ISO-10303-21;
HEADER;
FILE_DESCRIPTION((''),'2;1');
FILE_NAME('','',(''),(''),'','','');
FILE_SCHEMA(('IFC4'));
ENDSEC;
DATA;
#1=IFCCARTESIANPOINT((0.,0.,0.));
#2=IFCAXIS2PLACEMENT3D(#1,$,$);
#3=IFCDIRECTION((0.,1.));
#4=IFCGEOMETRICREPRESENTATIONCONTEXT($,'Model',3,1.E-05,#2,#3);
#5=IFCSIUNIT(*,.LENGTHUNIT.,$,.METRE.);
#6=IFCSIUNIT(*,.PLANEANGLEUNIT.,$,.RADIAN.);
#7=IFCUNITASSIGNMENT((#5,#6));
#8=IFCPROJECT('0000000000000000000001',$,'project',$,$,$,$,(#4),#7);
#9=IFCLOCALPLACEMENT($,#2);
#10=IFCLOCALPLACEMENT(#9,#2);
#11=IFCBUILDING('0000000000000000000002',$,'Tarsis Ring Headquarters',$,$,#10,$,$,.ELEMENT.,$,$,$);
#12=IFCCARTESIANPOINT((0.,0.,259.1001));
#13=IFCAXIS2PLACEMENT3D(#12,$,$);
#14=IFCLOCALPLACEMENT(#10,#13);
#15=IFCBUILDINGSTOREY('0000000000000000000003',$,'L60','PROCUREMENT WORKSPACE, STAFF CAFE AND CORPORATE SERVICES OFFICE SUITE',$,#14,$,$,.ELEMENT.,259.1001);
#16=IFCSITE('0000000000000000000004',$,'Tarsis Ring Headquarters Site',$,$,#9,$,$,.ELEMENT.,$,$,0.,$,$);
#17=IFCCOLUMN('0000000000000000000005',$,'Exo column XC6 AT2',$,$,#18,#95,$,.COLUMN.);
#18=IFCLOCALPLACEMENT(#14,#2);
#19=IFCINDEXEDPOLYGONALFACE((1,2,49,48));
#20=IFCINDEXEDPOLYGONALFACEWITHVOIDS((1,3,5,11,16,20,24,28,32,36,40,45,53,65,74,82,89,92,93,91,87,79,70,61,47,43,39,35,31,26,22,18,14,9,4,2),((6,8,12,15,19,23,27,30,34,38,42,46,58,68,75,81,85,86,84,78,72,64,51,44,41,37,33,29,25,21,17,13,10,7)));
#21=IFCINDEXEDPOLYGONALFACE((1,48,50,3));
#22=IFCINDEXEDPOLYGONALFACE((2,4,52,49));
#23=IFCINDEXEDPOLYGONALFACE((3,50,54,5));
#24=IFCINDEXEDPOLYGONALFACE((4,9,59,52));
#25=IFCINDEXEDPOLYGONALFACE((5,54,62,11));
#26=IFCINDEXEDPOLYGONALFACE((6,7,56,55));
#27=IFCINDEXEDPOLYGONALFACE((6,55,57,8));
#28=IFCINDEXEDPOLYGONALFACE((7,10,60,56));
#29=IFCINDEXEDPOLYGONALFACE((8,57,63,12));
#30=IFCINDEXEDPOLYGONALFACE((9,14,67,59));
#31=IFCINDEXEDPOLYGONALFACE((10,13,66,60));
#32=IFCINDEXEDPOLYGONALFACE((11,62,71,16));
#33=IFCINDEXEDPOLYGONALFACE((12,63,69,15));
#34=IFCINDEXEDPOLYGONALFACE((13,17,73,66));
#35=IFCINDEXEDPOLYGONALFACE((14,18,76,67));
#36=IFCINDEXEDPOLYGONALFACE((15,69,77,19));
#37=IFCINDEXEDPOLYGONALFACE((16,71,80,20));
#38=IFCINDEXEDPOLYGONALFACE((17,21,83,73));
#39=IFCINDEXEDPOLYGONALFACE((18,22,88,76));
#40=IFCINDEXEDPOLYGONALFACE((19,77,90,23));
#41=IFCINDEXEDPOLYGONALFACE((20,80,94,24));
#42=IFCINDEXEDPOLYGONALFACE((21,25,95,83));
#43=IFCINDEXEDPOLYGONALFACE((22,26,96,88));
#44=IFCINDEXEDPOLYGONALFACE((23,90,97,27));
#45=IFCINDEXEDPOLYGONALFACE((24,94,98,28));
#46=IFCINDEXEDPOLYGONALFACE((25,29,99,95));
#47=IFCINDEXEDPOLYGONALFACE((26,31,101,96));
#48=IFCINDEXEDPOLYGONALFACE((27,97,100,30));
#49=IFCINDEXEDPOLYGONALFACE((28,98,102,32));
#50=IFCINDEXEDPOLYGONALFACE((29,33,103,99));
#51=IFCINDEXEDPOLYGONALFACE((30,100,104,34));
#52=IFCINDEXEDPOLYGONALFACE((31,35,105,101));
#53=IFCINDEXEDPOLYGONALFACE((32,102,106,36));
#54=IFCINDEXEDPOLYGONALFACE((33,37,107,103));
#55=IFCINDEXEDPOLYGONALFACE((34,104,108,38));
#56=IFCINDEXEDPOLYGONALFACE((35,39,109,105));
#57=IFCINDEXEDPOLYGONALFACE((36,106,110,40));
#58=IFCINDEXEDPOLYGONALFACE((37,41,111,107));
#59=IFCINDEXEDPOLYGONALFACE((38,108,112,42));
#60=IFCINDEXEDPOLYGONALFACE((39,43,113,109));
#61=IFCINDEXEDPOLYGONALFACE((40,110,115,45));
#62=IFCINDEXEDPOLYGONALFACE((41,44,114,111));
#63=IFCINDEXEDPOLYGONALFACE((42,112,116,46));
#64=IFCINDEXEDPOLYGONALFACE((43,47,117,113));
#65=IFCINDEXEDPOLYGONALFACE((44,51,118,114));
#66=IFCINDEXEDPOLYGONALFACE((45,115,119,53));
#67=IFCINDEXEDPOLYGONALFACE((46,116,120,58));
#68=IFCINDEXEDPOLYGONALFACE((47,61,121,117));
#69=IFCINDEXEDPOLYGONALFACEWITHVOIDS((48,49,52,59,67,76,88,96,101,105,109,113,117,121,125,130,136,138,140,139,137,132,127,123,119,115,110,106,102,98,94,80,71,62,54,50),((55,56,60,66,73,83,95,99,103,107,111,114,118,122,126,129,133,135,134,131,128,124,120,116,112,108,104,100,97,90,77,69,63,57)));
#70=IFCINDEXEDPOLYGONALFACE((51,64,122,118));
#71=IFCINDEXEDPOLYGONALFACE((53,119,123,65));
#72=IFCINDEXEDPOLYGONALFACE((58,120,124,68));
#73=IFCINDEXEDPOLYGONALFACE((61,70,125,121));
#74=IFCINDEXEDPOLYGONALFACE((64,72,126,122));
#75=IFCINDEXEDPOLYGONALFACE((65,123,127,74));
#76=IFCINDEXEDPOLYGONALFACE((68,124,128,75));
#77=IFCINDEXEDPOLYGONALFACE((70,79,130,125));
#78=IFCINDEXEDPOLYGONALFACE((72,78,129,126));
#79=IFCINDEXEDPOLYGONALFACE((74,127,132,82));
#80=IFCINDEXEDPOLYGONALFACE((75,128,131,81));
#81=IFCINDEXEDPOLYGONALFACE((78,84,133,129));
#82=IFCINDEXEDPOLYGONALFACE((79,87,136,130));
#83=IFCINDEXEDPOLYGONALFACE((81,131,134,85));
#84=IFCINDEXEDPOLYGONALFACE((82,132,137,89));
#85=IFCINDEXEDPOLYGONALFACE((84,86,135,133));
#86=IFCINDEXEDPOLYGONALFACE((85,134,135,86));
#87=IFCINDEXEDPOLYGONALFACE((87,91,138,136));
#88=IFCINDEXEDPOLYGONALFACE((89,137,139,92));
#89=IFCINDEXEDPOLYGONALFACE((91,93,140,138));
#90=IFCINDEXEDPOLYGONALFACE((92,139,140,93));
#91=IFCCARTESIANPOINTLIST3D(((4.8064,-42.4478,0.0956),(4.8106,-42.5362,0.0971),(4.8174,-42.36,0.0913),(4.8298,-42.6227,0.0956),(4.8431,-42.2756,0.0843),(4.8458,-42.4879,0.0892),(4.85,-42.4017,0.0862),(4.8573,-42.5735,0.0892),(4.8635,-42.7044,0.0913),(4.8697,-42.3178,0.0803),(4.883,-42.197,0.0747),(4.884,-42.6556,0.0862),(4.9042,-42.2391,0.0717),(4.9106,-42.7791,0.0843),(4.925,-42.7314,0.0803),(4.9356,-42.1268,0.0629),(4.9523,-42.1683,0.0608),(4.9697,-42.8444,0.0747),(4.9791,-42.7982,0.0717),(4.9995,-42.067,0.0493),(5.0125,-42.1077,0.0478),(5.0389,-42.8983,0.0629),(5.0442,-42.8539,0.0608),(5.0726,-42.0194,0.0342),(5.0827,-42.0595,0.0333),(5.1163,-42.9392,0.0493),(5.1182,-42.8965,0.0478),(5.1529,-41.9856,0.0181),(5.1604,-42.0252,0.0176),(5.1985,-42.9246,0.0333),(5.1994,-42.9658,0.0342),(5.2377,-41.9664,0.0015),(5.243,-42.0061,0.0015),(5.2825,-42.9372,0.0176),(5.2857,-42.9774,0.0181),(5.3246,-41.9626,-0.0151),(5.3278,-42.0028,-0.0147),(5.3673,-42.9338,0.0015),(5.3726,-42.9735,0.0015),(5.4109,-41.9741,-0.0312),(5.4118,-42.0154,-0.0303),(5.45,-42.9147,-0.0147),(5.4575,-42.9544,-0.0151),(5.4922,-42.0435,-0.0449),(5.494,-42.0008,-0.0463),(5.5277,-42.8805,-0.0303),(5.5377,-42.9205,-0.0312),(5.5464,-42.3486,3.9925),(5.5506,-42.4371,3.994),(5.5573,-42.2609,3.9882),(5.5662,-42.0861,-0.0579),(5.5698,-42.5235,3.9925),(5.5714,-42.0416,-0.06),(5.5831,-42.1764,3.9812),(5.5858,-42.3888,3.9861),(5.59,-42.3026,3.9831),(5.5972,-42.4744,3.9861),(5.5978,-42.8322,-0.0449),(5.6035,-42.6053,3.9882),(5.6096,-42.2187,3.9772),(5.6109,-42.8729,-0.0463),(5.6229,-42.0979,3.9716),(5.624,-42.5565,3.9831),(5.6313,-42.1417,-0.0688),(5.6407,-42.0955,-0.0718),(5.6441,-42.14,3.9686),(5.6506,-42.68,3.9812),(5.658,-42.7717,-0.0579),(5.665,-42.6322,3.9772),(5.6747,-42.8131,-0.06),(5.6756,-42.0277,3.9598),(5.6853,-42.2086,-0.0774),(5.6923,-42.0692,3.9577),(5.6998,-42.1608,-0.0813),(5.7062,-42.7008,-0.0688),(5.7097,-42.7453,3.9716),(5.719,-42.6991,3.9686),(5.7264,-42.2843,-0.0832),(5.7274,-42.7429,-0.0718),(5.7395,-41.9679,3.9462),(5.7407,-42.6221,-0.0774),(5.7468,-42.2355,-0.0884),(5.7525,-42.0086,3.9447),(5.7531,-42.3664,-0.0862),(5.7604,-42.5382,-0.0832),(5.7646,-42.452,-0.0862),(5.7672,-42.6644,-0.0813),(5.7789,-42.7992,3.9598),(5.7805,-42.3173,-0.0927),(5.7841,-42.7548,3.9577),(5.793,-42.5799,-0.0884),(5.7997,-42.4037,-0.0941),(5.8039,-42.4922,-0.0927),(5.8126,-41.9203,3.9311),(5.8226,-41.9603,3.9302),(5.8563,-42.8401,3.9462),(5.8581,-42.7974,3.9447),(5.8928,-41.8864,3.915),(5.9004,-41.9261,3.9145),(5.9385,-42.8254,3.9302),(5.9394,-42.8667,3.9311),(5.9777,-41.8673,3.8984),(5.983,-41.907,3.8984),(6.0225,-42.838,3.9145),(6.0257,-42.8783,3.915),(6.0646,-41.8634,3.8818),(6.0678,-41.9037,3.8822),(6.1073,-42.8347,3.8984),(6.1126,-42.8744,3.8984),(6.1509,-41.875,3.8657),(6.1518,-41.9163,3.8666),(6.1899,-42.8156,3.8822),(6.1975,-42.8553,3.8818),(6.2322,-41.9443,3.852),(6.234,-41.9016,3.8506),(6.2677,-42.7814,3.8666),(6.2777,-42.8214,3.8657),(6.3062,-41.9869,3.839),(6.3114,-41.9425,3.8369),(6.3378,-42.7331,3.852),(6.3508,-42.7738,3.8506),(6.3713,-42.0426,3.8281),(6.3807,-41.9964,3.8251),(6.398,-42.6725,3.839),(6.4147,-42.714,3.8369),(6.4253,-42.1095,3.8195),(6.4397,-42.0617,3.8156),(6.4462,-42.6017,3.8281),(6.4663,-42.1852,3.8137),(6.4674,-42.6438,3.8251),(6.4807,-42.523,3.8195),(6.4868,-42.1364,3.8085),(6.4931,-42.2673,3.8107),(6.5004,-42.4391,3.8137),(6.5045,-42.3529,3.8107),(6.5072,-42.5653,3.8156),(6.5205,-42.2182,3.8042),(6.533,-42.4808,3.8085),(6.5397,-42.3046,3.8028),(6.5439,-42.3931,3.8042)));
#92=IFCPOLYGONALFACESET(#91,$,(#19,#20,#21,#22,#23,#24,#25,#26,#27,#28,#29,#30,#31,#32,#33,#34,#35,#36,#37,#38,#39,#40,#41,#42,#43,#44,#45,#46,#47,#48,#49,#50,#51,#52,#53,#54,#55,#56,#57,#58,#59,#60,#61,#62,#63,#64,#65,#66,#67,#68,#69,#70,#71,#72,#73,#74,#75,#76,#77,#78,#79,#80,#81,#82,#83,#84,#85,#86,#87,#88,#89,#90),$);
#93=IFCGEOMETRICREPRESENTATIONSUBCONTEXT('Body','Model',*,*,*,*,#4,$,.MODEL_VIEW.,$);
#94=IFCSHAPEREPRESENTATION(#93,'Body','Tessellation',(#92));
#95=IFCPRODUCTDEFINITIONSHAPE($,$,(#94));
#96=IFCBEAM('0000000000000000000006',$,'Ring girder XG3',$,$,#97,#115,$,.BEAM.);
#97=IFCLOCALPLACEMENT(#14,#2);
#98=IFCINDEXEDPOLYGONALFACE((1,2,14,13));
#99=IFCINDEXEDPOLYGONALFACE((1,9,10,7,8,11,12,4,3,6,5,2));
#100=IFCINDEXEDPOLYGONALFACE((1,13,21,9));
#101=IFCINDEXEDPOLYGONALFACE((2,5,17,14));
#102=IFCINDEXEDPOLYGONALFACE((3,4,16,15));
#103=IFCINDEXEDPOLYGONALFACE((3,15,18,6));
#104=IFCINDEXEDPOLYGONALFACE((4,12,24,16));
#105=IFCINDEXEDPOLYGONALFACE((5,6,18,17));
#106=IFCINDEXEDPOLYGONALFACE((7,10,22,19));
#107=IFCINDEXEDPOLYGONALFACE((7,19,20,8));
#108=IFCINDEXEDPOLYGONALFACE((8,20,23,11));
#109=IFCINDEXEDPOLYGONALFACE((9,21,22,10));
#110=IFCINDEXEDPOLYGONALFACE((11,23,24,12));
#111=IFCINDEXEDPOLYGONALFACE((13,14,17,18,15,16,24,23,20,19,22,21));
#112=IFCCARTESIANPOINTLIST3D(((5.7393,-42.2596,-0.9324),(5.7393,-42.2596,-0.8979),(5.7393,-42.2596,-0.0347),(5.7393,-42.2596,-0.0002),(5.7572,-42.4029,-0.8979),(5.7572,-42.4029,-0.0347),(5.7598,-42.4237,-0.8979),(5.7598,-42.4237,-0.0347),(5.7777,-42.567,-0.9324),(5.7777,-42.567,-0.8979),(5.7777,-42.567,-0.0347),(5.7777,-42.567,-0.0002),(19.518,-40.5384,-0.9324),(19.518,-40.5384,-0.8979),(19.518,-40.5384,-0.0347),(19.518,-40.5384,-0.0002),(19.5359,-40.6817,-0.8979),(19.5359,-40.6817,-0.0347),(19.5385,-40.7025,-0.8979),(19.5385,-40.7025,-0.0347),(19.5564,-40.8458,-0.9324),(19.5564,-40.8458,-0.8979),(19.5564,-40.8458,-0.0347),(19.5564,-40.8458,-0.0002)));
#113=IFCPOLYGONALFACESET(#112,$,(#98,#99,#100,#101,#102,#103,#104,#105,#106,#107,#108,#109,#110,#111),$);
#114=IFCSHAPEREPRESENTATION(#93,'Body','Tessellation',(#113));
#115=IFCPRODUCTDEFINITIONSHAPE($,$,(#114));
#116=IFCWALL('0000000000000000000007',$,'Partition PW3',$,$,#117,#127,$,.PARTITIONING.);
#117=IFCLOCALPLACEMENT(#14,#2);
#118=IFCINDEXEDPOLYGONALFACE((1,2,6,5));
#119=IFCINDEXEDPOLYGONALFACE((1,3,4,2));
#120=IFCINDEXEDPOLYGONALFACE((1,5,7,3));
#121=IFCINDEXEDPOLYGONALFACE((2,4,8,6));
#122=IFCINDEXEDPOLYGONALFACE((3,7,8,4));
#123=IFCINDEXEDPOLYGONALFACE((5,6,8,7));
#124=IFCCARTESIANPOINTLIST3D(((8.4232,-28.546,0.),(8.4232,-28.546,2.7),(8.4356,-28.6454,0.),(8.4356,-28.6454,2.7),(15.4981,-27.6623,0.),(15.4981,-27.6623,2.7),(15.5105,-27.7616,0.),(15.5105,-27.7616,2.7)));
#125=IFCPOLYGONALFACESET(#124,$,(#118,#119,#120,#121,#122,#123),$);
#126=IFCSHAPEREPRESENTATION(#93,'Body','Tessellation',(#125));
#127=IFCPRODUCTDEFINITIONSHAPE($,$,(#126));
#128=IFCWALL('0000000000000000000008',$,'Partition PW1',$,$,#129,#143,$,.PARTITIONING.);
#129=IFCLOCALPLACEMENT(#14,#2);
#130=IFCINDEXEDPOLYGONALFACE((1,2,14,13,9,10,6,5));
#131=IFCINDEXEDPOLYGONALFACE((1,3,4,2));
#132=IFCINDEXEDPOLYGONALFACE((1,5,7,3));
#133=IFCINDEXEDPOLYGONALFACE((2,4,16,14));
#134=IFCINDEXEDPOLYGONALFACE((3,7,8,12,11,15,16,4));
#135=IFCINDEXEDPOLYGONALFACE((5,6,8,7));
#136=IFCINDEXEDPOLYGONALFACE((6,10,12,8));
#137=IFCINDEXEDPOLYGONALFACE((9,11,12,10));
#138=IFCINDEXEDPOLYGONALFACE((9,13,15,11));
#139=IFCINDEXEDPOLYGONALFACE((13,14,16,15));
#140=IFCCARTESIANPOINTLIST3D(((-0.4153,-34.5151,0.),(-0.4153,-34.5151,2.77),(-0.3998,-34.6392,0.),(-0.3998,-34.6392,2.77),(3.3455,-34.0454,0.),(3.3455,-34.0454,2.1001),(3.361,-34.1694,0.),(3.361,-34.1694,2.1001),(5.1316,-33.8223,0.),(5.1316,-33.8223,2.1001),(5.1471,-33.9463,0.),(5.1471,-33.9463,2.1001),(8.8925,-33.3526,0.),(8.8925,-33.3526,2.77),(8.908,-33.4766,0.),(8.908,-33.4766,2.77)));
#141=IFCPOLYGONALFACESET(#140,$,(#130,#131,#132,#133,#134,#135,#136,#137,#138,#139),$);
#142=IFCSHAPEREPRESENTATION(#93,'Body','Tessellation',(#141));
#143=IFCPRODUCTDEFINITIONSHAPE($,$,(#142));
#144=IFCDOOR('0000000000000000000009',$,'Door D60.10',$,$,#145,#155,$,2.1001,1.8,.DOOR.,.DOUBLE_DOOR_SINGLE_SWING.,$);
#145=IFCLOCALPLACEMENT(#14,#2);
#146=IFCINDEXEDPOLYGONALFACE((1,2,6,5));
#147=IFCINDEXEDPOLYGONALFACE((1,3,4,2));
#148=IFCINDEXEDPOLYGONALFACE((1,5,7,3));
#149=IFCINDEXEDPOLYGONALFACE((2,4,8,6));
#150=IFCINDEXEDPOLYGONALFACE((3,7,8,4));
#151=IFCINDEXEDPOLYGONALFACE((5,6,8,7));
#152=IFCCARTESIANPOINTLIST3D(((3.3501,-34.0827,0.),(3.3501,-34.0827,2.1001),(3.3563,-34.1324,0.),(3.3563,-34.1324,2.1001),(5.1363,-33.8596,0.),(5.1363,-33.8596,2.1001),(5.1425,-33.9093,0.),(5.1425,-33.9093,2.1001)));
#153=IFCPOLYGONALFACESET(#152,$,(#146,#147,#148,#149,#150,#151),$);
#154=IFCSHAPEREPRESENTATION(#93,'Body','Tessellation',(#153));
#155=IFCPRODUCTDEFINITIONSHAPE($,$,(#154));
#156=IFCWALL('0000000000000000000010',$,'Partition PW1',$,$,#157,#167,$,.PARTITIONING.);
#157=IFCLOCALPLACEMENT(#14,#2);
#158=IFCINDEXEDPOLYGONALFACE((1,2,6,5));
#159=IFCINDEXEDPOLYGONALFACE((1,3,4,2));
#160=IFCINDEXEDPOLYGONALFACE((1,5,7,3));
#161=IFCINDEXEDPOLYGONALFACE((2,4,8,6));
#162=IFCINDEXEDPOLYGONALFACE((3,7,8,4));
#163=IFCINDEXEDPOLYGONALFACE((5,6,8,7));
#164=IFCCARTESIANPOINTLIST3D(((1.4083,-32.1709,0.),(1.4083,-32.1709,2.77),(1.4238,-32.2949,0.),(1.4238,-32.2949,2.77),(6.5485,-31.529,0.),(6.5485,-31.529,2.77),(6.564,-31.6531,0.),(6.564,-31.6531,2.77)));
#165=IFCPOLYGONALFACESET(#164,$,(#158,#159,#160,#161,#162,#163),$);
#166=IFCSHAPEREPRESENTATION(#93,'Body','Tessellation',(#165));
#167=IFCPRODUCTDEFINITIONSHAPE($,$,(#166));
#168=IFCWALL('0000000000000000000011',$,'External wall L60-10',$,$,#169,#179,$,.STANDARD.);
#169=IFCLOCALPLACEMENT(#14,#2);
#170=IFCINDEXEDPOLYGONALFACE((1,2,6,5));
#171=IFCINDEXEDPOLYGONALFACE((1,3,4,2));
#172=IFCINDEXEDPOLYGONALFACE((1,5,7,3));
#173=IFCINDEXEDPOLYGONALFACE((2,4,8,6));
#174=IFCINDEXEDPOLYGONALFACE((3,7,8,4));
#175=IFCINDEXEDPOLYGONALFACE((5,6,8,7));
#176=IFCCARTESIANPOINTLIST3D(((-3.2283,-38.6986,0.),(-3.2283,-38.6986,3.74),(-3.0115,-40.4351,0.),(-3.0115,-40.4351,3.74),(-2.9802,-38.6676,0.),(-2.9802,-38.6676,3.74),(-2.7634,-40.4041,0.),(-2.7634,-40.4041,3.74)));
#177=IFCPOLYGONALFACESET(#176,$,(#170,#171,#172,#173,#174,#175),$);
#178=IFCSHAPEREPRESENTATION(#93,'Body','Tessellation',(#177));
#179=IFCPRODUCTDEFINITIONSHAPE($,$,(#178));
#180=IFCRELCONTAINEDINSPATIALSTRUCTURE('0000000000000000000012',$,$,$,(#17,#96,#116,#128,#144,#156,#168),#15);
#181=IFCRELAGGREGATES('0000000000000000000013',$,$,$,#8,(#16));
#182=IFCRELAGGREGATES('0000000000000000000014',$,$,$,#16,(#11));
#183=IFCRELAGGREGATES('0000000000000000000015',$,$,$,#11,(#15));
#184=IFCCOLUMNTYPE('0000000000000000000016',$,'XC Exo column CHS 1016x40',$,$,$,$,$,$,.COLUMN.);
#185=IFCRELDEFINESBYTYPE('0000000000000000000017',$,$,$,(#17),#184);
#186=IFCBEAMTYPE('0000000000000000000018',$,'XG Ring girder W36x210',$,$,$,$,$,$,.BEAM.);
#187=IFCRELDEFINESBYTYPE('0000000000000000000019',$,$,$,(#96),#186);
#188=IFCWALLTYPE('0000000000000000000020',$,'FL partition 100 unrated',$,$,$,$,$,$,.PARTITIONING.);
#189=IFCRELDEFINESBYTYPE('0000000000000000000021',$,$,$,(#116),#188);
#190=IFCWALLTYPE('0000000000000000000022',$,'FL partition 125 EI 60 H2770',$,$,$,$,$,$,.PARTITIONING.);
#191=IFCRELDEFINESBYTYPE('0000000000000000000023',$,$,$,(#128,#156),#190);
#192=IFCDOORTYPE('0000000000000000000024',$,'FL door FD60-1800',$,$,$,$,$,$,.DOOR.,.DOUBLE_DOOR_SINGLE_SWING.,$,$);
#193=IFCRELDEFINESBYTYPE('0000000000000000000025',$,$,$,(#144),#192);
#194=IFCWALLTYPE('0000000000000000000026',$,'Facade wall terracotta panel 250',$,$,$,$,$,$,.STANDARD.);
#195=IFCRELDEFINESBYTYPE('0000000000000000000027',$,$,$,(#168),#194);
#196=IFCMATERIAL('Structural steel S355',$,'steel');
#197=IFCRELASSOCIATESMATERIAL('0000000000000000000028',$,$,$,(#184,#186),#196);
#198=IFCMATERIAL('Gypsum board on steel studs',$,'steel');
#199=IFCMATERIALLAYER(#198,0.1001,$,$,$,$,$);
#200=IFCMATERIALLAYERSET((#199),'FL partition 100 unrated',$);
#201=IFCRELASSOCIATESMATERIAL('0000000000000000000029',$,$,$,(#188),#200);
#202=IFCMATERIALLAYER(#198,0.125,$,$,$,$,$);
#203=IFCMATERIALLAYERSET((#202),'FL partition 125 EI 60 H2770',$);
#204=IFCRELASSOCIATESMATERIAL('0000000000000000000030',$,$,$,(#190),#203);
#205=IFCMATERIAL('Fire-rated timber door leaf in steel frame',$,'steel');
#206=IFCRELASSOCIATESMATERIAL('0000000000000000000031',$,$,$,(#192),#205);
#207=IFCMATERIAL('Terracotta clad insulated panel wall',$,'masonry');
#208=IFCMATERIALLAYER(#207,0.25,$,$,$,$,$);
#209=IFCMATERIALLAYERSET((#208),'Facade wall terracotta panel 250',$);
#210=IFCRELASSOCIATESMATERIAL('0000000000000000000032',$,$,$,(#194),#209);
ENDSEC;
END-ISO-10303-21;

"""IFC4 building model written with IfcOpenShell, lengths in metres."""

from ifc_helpers import new_model, si_unit, direction, frame, frame_2d, origin, origin_2d, place, context, subcontext, project, spatial, rectangle, hollow_circle, i_section, extrude, material, layer, layer_set, material_profile, profile_set, type_object, element, fill, save


model = new_model("IFC4")

# Units and contexts
model_context = context("Model", 3, precision=1e-05, world=origin(), true_north=direction((0.0, 1.0)))
body_context = subcontext(model_context, "Body", "Model", "MODEL_VIEW")
ifc_project = project(units=[si_unit("LENGTHUNIT", "METRE"), si_unit("PLANEANGLEUNIT", "RADIAN")], contexts=[model_context])

# Site, building, storey
site_placement = place(None, origin())
site = spatial("IfcSite", under=ifc_project, at=site_placement, Name="Tarsis Ring Headquarters Site", CompositionType="ELEMENT", RefElevation=0.0)
building_placement = place(site_placement, origin())
building = spatial("IfcBuilding", under=site, at=building_placement, Name="Tarsis Ring Headquarters", CompositionType="ELEMENT")
storey_placement = place(building_placement, frame((0.0, 0.0, 259.1001)))
storey = spatial("IfcBuildingStorey", under=building, at=storey_placement, Name="L60", Description="PROCUREMENT WORKSPACE, STAFF CAFE AND CORPORATE SERVICES OFFICE SUITE", CompositionType="ELEMENT", Elevation=259.1001)

# Column
ifc_material_1 = material(Name="Structural steel S355", Category="steel")
ifc_material_profile_1 = material_profile(ifc_material_1, hollow_circle(Radius=0.5081, WallThickness=0.04, at=origin_2d()), Name="CHS 1016x40")
ifc_profile_set_1 = profile_set([ifc_material_profile_1], Name="Structural steel S355")
column_type = type_object("IfcColumnType", Name="XC Exo column CHS 1016x40", PredefinedType="COLUMN", material=ifc_profile_set_1)
column_placement = place(storey_placement, frame((5.3052, -42.47, 0.0015), z_axis=(0.186497, 0.024981, 0.982138), x_axis=(-0.132763, 0.991148, 0.0)))
element("IfcColumn", 1, at=column_placement, inside=storey, type_object=column_type, Name="Exo column XC6 AT2", PredefinedType="COLUMN", context=body_context, shape_type="SweptSolid", body=[
    extrude(hollow_circle(Radius=0.5081, WallThickness=0.04, at=origin_2d()), origin(), (0.0, 0.0, 1.0), 3.9678),
])

# Beam
ifc_material_profile_2 = material_profile(ifc_material_1, i_section(OverallWidth=0.3098, OverallDepth=0.9321, WebThickness=0.021, FlangeThickness=0.0344, at=origin_2d()), Name="W36x210")
ifc_profile_set_2 = profile_set([ifc_material_profile_2], Name="Structural steel S355")
beam_type = type_object("IfcBeamType", Name="XG Ring girder W36x210", PredefinedType="BEAM", material=ifc_profile_set_2)
beam_placement = place(storey_placement, frame((5.7585, -42.4133, -0.4663), z_axis=(0.992288, 0.123955, 0.0), x_axis=(-0.123955, 0.992288, 0.0)))
element("IfcBeam", 2, at=beam_placement, inside=storey, type_object=beam_type, Name="Ring girder XG3", PredefinedType="BEAM", context=body_context, shape_type="SweptSolid", body=[
    extrude(i_section(OverallWidth=0.3098, OverallDepth=0.9321, WebThickness=0.021, FlangeThickness=0.0344, at=origin_2d()), origin(), (0.0, 0.0, 1.0), 13.8857),
])

# Wall
ifc_material_2 = material(Name="Gypsum board on steel studs", Category="steel")
ifc_layer_1 = layer(ifc_material_2, 0.1001)
ifc_layer_set_1 = layer_set([ifc_layer_1], Name="FL partition 100 unrated")
wall_type_1 = type_object("IfcWallType", Name="FL partition 100 unrated", PredefinedType="PARTITIONING", material=ifc_layer_set_1)
wall_1_placement = place(storey_placement, frame((8.4294, -28.5957, 0.0), z_axis=(0.0, 0.0, 1.0), x_axis=(0.992288, 0.123955, 0.0)))
element("IfcWall", 3, at=wall_1_placement, inside=storey, type_object=wall_type_1, Name="Partition PW3", PredefinedType="PARTITIONING", context=body_context, shape_type="SweptSolid", body=[
    extrude(rectangle(XDim=7.1299, YDim=0.1001, at=frame_2d((3.5649, 0.0))), origin(), (0.0, 0.0, 1.0), 2.7),
])

# Wall, opening, door
ifc_layer_2 = layer(ifc_material_2, 0.125)
ifc_layer_set_2 = layer_set([ifc_layer_2], Name="FL partition 125 EI 60 H2770")
wall_type_2 = type_object("IfcWallType", Name="FL partition 125 EI 60 H2770", PredefinedType="PARTITIONING", material=ifc_layer_set_2)
wall_2_placement = place(storey_placement, frame((-0.4075, -34.5771, 0.0), z_axis=(0.0, 0.0, 1.0), x_axis=(0.992289, 0.123942, 0.0)))
wall_2 = element("IfcWall", 4, at=wall_2_placement, inside=storey, type_object=wall_type_2, Name="Partition PW1", PredefinedType="PARTITIONING", context=body_context, shape_type="SweptSolid", body=[
    extrude(rectangle(XDim=9.3801, YDim=0.125, at=frame_2d((4.6899, 0.0))), origin(), (0.0, 0.0, 1.0), 2.77),
])
opening_1_placement = place(wall_2_placement, frame((3.79, 0.0, 0.0)))
opening_1 = element("IfcOpeningElement", 5, at=opening_1_placement, cuts=wall_2, PredefinedType="OPENING", context=body_context, shape_type="SweptSolid", body=[
    extrude(rectangle(XDim=1.8, YDim=2.1001, at=frame_2d((0.8999, 1.05))), frame((0.0, 0.0725, 0.0), z_axis=(0.0, -1.0, 0.0), x_axis=(1.0, 0.0, 0.0)), (0.0, 0.0, 1.0), 0.145),
])
ifc_material_3 = material(Name="Fire-rated timber door leaf in steel frame", Category="steel")
door_type = type_object("IfcDoorType", Name="FL door FD60-1800", OperationType="DOUBLE_DOOR_SINGLE_SWING", PredefinedType="DOOR", material=ifc_material_3)
door_placement = place(opening_1_placement, origin())
door = element("IfcDoor", 6, at=door_placement, inside=storey, type_object=door_type, Name="Door D60.10", OperationType="DOUBLE_DOOR_SINGLE_SWING", OverallHeight=2.1001, OverallWidth=1.8, PredefinedType="DOOR", context=body_context, shape_type="SweptSolid", body=[
    extrude(rectangle(XDim=1.8, YDim=2.1001, at=frame_2d((0.8999, 1.05))), frame((0.0, 0.0249, 0.0), z_axis=(0.0, -1.0, 0.0), x_axis=(1.0, 0.0, 0.0)), (0.0, 0.0, 1.0), 0.05),
])
fill(opening_1, door)

# Walls
wall_3_placement = place(storey_placement, frame((1.416, -32.2329, 0.0), z_axis=(0.0, 0.0, 1.0), x_axis=(0.992294, 0.123907, 0.0)))
element("IfcWall", 7, at=wall_3_placement, inside=storey, type_object=wall_type_2, Name="Partition PW1", PredefinedType="PARTITIONING", context=body_context, shape_type="SweptSolid", body=[
    extrude(rectangle(XDim=5.1802, YDim=0.125, at=frame_2d((2.5901, 0.0))), origin(), (0.0, 0.0, 1.0), 2.77),
])
ifc_material_4 = material(Name="Terracotta clad insulated panel wall", Category="masonry")
ifc_layer_3 = layer(ifc_material_4, 0.25)
ifc_layer_set_3 = layer_set([ifc_layer_3], Name="Facade wall terracotta panel 250")
wall_type_3 = type_object("IfcWallType", Name="Facade wall terracotta panel 250", PredefinedType="STANDARD", material=ifc_layer_set_3)
wall_4_placement = place(storey_placement, frame((-3.1042, -38.6831, 0.0), z_axis=(0.0, 0.0, 1.0), x_axis=(0.12388, -0.992297, 0.0)))
element("IfcWall", 8, at=wall_4_placement, inside=storey, type_object=wall_type_3, Name="External wall L60-10", PredefinedType="STANDARD", context=body_context, shape_type="SweptSolid", body=[
    extrude(rectangle(XDim=1.75, YDim=0.25, at=frame_2d((0.875, 0.0))), origin(), (0.0, 0.0, 1.0), 3.74),
])

save(model, "model.ifc")
